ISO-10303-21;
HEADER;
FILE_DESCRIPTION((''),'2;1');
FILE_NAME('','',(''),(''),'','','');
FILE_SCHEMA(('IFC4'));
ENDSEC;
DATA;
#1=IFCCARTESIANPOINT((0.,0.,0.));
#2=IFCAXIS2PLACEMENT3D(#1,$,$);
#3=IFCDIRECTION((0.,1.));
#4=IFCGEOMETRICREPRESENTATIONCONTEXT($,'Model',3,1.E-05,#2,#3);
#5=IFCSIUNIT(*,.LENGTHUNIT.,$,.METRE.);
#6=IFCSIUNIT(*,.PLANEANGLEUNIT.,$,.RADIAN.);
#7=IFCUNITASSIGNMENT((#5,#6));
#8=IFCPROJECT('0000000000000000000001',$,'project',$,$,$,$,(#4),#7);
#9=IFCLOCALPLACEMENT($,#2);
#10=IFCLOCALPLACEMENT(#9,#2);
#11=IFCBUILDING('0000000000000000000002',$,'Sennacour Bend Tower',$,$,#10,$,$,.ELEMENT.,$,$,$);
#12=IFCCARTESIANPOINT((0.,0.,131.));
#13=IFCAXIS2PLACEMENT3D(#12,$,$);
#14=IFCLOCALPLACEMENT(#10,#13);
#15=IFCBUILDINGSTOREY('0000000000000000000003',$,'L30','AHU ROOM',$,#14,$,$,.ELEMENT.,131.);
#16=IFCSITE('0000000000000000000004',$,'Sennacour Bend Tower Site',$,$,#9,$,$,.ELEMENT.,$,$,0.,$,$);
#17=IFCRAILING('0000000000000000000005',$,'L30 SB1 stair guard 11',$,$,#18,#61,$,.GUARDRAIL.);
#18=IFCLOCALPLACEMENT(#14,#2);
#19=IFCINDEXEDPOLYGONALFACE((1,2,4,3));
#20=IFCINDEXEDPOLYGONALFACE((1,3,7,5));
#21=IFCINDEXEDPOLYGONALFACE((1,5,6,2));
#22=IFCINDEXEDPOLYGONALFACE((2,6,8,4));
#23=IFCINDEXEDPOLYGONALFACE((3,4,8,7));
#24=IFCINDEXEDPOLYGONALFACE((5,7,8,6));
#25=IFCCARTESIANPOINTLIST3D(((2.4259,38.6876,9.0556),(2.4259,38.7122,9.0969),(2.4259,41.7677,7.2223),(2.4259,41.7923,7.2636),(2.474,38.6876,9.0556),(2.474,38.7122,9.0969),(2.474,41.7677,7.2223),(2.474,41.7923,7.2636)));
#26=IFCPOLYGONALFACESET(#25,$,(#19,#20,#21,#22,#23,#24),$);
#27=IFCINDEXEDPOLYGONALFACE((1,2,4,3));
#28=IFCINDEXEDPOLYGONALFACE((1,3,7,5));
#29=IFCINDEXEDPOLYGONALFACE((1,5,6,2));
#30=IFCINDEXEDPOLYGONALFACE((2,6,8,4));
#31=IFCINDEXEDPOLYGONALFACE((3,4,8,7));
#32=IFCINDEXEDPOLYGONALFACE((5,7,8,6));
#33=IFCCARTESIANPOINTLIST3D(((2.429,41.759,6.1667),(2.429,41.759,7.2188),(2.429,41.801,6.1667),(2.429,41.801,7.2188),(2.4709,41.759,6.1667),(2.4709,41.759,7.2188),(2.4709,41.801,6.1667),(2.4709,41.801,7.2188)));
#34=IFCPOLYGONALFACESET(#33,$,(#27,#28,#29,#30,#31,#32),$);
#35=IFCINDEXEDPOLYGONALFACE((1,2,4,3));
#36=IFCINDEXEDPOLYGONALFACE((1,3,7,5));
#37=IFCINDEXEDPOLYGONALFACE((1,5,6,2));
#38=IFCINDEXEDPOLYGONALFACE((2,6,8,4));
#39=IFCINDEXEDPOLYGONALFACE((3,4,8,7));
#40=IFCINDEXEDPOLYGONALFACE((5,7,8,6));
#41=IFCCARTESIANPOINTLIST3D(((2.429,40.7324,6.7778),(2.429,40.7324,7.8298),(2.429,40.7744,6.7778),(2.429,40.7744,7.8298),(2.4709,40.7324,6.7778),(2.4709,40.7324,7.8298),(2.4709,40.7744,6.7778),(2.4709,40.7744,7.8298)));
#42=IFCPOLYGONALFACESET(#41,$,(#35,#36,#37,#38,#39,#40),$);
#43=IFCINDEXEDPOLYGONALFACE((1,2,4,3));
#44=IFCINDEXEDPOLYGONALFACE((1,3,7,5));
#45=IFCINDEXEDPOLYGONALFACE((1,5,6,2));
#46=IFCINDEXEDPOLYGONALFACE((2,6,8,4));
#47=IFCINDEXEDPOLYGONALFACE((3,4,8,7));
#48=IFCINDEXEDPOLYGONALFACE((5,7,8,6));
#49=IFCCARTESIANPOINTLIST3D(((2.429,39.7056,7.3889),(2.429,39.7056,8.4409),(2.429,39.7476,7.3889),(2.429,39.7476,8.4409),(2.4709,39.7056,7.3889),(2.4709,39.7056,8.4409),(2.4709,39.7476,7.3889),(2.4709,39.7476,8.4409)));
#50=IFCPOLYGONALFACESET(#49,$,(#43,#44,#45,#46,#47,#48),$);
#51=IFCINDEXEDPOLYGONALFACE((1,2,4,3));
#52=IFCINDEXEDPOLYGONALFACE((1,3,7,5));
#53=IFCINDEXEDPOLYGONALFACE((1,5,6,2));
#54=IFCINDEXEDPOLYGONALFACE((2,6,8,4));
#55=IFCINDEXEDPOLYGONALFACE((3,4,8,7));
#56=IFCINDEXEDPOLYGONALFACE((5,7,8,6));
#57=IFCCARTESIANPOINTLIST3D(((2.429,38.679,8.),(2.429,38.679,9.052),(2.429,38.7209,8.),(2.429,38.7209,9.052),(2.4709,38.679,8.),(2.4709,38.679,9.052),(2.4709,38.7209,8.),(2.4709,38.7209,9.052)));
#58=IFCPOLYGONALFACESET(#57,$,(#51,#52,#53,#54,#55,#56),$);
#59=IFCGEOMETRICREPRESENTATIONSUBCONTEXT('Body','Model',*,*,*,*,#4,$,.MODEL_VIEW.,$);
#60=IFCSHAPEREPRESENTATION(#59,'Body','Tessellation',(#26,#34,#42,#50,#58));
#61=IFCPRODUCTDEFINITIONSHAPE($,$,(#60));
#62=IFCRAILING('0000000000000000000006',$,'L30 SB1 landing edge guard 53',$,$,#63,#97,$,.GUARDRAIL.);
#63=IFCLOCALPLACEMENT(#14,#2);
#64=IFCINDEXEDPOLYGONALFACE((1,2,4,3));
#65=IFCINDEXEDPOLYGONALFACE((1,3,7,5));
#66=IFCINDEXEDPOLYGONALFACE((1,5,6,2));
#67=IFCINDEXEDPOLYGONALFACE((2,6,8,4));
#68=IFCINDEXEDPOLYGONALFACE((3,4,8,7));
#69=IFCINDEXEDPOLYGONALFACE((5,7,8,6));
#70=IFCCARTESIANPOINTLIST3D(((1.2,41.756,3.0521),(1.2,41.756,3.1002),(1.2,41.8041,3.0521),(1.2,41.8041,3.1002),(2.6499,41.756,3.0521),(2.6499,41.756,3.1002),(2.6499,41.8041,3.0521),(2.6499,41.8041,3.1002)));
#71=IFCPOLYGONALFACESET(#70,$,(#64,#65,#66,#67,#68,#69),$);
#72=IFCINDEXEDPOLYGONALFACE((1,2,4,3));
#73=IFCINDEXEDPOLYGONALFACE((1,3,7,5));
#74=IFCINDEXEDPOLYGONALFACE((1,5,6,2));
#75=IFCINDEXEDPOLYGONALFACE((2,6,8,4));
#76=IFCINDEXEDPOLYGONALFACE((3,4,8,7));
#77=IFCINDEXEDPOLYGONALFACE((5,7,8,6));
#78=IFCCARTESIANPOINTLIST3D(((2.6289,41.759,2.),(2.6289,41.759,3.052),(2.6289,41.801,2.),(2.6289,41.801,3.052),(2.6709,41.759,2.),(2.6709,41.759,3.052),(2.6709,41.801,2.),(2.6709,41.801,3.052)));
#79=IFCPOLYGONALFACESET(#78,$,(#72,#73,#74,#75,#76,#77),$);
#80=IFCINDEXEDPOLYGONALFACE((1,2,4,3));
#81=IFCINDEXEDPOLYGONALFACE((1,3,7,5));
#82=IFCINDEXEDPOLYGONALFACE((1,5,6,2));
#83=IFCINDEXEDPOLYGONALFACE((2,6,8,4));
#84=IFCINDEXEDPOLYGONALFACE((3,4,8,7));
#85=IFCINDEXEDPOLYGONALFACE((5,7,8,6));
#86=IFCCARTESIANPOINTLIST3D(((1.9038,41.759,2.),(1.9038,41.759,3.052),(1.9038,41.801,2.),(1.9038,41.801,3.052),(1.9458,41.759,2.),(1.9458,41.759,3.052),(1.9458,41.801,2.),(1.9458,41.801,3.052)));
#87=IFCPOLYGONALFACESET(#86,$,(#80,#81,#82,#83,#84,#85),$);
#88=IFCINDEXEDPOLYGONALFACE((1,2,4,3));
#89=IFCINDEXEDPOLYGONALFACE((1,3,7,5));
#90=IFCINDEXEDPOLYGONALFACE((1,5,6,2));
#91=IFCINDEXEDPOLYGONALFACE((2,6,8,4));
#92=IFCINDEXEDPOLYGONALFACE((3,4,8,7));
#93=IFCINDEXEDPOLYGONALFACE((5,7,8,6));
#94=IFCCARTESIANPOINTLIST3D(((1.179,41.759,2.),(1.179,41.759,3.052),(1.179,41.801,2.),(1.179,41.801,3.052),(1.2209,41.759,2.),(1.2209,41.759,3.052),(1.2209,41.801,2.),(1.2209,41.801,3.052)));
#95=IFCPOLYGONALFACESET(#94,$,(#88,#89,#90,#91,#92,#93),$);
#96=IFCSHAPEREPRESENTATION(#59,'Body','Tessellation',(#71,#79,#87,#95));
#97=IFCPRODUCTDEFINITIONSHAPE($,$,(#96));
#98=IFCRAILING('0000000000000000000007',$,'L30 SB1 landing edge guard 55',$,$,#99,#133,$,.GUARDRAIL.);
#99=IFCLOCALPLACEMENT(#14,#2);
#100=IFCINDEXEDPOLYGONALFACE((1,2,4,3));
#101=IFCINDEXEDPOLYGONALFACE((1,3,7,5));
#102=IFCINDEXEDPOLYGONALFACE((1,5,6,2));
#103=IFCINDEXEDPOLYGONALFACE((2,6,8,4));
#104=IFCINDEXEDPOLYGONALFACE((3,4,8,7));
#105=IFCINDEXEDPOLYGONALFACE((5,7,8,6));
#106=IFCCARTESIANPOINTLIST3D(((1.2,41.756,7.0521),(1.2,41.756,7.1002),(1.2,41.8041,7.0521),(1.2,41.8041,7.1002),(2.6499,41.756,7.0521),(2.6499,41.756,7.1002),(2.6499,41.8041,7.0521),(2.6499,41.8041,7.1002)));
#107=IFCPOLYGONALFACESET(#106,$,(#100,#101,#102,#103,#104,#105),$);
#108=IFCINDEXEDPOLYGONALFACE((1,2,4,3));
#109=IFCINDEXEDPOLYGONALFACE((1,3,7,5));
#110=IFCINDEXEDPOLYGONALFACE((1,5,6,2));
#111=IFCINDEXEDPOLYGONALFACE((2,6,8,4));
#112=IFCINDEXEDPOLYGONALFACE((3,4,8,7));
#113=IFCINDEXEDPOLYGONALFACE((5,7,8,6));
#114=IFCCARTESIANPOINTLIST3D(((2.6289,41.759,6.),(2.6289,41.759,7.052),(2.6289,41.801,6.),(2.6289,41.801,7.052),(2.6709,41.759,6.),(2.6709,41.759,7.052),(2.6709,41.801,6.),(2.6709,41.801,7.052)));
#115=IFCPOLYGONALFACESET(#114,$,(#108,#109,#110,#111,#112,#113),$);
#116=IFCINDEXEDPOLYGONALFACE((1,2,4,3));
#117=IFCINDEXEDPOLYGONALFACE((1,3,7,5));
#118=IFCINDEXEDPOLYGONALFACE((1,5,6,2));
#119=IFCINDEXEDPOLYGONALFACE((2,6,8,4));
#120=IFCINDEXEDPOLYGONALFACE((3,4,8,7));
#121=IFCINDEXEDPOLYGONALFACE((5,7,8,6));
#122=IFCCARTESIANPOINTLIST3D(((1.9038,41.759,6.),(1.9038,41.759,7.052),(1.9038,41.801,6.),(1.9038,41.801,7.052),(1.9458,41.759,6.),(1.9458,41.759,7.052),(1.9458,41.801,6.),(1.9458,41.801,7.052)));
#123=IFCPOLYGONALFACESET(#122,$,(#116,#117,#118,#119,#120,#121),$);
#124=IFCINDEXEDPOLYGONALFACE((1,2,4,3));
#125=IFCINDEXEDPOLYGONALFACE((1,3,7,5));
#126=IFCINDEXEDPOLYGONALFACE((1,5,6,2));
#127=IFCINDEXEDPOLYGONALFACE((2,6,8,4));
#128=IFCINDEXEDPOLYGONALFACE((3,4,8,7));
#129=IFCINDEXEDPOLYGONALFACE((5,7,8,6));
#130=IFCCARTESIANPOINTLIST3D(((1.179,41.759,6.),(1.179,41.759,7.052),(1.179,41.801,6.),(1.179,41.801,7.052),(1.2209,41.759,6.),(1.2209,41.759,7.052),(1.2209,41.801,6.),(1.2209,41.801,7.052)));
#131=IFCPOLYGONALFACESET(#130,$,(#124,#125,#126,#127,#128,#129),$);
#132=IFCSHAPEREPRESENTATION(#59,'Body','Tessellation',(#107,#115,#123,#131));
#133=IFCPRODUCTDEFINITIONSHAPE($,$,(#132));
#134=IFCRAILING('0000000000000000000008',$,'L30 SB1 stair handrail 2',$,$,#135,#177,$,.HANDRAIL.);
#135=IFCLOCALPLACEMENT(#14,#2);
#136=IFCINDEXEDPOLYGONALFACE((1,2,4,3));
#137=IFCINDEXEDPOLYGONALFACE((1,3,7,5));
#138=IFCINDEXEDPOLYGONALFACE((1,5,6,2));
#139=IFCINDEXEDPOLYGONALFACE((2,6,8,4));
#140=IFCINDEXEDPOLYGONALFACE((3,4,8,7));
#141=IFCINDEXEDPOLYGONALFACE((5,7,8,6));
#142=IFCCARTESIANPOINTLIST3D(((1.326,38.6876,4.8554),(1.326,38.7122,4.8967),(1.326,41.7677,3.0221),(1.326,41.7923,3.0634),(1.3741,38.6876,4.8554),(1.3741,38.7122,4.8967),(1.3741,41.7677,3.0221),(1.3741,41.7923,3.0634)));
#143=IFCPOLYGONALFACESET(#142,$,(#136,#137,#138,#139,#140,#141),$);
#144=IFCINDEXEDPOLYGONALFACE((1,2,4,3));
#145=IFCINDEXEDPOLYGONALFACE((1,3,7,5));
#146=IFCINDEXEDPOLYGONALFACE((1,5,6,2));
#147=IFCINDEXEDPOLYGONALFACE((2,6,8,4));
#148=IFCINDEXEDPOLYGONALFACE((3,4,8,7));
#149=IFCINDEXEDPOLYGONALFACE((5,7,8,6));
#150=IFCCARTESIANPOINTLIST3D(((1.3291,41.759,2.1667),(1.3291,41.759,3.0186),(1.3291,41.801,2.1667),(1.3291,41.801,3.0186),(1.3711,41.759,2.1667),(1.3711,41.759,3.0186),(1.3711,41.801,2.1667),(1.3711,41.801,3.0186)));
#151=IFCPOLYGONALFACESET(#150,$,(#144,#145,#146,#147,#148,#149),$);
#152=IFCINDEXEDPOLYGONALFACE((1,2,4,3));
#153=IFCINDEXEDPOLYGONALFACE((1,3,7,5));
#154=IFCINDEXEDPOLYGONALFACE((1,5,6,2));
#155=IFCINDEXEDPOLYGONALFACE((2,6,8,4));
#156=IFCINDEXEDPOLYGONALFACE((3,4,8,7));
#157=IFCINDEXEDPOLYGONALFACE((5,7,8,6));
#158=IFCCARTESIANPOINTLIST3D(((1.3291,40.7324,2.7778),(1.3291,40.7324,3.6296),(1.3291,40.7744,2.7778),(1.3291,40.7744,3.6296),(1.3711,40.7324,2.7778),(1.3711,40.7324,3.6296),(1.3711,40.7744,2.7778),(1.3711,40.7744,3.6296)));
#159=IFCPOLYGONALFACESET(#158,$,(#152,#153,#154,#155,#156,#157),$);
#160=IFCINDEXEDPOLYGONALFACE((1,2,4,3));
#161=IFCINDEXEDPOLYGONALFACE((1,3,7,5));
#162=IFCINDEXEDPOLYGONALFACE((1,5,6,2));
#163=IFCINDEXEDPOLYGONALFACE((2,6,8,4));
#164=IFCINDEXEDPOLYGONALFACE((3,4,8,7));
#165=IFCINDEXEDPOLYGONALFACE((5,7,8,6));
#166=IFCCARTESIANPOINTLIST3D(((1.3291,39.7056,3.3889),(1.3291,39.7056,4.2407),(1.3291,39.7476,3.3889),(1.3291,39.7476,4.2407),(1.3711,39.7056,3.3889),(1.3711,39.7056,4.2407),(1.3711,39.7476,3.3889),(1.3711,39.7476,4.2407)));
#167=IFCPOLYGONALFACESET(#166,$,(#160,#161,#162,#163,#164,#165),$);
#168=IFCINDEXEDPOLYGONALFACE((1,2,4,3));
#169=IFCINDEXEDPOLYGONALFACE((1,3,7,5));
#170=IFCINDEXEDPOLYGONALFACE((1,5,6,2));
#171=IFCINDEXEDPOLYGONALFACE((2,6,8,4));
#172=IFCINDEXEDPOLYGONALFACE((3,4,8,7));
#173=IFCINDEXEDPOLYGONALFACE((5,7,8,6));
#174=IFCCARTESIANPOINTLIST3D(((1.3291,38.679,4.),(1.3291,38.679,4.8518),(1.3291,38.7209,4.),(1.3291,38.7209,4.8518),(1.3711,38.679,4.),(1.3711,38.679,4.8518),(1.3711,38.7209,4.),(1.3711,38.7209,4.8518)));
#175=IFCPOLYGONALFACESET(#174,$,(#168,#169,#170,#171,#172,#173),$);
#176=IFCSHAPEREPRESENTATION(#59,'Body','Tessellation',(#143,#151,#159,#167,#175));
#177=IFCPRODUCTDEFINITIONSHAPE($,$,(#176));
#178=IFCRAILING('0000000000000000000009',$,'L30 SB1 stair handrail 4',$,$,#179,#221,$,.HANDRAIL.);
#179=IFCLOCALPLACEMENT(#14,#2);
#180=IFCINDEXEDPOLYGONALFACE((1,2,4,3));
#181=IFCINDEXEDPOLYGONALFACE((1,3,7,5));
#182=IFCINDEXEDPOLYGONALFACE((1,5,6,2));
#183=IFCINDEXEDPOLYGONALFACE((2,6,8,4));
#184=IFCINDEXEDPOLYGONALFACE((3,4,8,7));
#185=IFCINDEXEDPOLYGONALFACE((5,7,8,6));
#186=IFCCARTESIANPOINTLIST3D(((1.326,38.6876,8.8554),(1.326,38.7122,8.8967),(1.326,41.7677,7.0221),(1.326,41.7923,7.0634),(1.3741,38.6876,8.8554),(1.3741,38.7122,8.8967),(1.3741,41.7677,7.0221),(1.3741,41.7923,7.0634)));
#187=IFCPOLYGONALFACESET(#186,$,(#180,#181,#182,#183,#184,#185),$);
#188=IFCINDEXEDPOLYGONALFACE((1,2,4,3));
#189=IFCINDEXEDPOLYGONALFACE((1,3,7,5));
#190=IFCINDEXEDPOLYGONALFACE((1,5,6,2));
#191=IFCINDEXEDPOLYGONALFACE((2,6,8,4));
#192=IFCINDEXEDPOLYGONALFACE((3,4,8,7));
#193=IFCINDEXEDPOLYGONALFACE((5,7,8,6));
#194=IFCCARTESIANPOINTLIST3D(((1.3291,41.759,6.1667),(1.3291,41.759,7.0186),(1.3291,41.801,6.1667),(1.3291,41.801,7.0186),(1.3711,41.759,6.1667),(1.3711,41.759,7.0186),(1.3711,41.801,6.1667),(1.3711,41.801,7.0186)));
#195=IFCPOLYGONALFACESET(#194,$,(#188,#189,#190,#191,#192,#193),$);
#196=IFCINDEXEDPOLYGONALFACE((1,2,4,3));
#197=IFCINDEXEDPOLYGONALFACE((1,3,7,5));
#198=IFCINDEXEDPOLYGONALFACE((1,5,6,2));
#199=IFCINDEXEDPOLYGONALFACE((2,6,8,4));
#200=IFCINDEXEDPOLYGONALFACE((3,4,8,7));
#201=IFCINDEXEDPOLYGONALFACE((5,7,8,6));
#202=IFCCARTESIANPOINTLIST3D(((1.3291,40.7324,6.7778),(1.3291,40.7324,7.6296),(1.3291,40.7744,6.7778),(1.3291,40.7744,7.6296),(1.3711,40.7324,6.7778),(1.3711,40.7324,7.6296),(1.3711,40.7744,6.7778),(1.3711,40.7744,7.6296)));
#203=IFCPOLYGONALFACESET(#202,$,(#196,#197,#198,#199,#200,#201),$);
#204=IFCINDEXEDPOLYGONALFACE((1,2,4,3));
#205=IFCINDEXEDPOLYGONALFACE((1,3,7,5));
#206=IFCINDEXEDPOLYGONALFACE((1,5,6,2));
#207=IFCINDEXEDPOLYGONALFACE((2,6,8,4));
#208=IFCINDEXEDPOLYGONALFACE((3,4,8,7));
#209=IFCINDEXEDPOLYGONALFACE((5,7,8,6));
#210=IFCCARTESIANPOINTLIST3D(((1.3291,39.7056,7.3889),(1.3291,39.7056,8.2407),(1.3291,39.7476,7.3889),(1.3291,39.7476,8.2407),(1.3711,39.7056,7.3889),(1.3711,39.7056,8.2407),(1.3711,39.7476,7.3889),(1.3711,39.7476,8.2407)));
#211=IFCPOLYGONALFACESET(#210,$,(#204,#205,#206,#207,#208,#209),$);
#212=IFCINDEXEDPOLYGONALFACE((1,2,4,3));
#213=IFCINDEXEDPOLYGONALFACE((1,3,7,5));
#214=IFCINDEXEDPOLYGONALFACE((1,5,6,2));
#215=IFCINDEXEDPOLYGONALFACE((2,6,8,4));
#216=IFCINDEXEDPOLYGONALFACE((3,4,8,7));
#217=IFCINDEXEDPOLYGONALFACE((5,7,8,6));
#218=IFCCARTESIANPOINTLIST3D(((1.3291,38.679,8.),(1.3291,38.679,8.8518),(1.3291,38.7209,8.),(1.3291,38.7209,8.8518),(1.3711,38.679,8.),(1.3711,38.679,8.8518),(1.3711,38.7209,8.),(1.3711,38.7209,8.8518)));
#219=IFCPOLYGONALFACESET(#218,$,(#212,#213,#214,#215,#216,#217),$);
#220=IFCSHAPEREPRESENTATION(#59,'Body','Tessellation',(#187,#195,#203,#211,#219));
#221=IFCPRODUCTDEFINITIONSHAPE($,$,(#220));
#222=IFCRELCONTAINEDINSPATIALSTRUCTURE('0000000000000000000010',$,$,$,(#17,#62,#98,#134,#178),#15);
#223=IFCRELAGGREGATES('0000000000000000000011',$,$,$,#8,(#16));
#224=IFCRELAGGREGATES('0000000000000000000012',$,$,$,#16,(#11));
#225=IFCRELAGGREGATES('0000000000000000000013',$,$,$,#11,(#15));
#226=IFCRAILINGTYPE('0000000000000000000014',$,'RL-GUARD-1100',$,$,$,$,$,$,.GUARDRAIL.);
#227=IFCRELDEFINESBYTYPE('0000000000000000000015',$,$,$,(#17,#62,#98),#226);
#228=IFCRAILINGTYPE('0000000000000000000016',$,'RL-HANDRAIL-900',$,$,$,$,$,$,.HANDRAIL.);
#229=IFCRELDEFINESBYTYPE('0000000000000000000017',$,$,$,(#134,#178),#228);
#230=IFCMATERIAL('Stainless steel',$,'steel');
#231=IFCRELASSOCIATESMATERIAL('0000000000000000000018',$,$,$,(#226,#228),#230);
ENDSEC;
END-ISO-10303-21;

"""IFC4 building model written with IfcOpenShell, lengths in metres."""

from ifc_helpers import new_model, si_unit, direction, frame, origin, origin_2d, place, context, subcontext, project, spatial, rectangle, extrude, material, type_object, element, save


model = new_model("IFC4")

# Units and contexts
model_context = context("Model", 3, precision=1e-05, world=origin(), true_north=direction((0.0, 1.0)))
body_context = subcontext(model_context, "Body", "Model", "MODEL_VIEW")
ifc_project = project(units=[si_unit("LENGTHUNIT", "METRE"), si_unit("PLANEANGLEUNIT", "RADIAN")], contexts=[model_context])

# Site, building, storey
site_placement = place(None, origin())
site = spatial("IfcSite", under=ifc_project, at=site_placement, Name="Sennacour Bend Tower Site", CompositionType="ELEMENT", RefElevation=0.0)
building_placement = place(site_placement, origin())
building = spatial("IfcBuilding", under=site, at=building_placement, Name="Sennacour Bend Tower", CompositionType="ELEMENT")
storey_placement = place(building_placement, frame((0.0, 0.0, 131.0)))
storey = spatial("IfcBuildingStorey", under=building, at=storey_placement, Name="L30", Description="AHU ROOM", CompositionType="ELEMENT", Elevation=131.0)

# Railings
ifc_material_1 = material(Name="Stainless steel", Category="steel")
railing_type_1 = type_object("IfcRailingType", Name="RL-GUARD-1100", PredefinedType="GUARDRAIL", material=ifc_material_1)
railing_1_placement = place(storey_placement, frame((2.45, 41.78, 6.1667)))
element("IfcRailing", 1, at=railing_1_placement, inside=storey, type_object=railing_type_1, Name="L30 SB1 stair guard 11", PredefinedType="GUARDRAIL", context=body_context, shape_type="SweptSolid", body=[
    extrude(rectangle(XDim=0.0481, YDim=0.0481, at=origin_2d()), frame((0.0, 0.0, 1.0762), z_axis=(0.0, -0.859309, 0.511458), x_axis=(1.0, 0.0, 0.0)), (0.0, 0.0, 1.0), 3.5845),
    extrude(rectangle(XDim=0.042, YDim=0.042, at=origin_2d()), origin(), (0.0, 0.0, 1.0), 1.052),
    extrude(rectangle(XDim=0.042, YDim=0.042, at=origin_2d()), frame((0.0, -1.0266, 0.6111)), (0.0, 0.0, 1.0), 1.052),
    extrude(rectangle(XDim=0.042, YDim=0.042, at=origin_2d()), frame((0.0, -2.0535, 1.2222)), (0.0, 0.0, 1.0), 1.052),
    extrude(rectangle(XDim=0.042, YDim=0.042, at=origin_2d()), frame((0.0, -3.0801, 1.8333)), (0.0, 0.0, 1.0), 1.052),
])
for number, where, name in (
    (2, (2.6499, 41.78, 2.0), "L30 SB1 landing edge guard 53"),
    (3, (2.6499, 41.78, 6.0), "L30 SB1 landing edge guard 55"),
):
    element("IfcRailing", number, at=place(storey_placement, frame(where)), inside=storey, type_object=railing_type_1, Name=name, PredefinedType="GUARDRAIL", context=body_context, shape_type="SweptSolid", body=[
        extrude(rectangle(XDim=0.0481, YDim=0.0481, at=origin_2d()), frame((0.0, 0.0, 1.0762), z_axis=(-1.0, 0.0, 0.0), x_axis=(0.0, -1.0, 0.0)), (0.0, 0.0, 1.0), 1.45),
        extrude(rectangle(XDim=0.042, YDim=0.042, at=origin_2d()), origin(), (0.0, 0.0, 1.0), 1.052),
        extrude(rectangle(XDim=0.042, YDim=0.042, at=origin_2d()), frame((-0.7251, 0.0, 0.0)), (0.0, 0.0, 1.0), 1.052),
        extrude(rectangle(XDim=0.042, YDim=0.042, at=origin_2d()), frame((-1.45, 0.0, 0.0)), (0.0, 0.0, 1.0), 1.052),
    ])
railing_type_2 = type_object("IfcRailingType", Name="RL-HANDRAIL-900", PredefinedType="HANDRAIL", material=ifc_material_1)
for number, where, name in (
    (4, (1.3501, 41.78, 2.1667), "L30 SB1 stair handrail 2"),
    (5, (1.3501, 41.78, 6.1667), "L30 SB1 stair handrail 4"),
):
    element("IfcRailing", number, at=place(storey_placement, frame(where)), inside=storey, type_object=railing_type_2, Name=name, PredefinedType="HANDRAIL", context=body_context, shape_type="SweptSolid", body=[
        extrude(rectangle(XDim=0.0481, YDim=0.0481, at=origin_2d()), frame((0.0, 0.0, 0.876), z_axis=(0.0, -0.859309, 0.511458), x_axis=(1.0, 0.0, 0.0)), (0.0, 0.0, 1.0), 3.5845),
        extrude(rectangle(XDim=0.042, YDim=0.042, at=origin_2d()), origin(), (0.0, 0.0, 1.0), 0.8518),
        extrude(rectangle(XDim=0.042, YDim=0.042, at=origin_2d()), frame((0.0, -1.0266, 0.6111)), (0.0, 0.0, 1.0), 0.8518),
        extrude(rectangle(XDim=0.042, YDim=0.042, at=origin_2d()), frame((0.0, -2.0535, 1.2222)), (0.0, 0.0, 1.0), 0.8518),
        extrude(rectangle(XDim=0.042, YDim=0.042, at=origin_2d()), frame((0.0, -3.0801, 1.8333)), (0.0, 0.0, 1.0), 0.8518),
    ])

save(model, "model.ifc")
